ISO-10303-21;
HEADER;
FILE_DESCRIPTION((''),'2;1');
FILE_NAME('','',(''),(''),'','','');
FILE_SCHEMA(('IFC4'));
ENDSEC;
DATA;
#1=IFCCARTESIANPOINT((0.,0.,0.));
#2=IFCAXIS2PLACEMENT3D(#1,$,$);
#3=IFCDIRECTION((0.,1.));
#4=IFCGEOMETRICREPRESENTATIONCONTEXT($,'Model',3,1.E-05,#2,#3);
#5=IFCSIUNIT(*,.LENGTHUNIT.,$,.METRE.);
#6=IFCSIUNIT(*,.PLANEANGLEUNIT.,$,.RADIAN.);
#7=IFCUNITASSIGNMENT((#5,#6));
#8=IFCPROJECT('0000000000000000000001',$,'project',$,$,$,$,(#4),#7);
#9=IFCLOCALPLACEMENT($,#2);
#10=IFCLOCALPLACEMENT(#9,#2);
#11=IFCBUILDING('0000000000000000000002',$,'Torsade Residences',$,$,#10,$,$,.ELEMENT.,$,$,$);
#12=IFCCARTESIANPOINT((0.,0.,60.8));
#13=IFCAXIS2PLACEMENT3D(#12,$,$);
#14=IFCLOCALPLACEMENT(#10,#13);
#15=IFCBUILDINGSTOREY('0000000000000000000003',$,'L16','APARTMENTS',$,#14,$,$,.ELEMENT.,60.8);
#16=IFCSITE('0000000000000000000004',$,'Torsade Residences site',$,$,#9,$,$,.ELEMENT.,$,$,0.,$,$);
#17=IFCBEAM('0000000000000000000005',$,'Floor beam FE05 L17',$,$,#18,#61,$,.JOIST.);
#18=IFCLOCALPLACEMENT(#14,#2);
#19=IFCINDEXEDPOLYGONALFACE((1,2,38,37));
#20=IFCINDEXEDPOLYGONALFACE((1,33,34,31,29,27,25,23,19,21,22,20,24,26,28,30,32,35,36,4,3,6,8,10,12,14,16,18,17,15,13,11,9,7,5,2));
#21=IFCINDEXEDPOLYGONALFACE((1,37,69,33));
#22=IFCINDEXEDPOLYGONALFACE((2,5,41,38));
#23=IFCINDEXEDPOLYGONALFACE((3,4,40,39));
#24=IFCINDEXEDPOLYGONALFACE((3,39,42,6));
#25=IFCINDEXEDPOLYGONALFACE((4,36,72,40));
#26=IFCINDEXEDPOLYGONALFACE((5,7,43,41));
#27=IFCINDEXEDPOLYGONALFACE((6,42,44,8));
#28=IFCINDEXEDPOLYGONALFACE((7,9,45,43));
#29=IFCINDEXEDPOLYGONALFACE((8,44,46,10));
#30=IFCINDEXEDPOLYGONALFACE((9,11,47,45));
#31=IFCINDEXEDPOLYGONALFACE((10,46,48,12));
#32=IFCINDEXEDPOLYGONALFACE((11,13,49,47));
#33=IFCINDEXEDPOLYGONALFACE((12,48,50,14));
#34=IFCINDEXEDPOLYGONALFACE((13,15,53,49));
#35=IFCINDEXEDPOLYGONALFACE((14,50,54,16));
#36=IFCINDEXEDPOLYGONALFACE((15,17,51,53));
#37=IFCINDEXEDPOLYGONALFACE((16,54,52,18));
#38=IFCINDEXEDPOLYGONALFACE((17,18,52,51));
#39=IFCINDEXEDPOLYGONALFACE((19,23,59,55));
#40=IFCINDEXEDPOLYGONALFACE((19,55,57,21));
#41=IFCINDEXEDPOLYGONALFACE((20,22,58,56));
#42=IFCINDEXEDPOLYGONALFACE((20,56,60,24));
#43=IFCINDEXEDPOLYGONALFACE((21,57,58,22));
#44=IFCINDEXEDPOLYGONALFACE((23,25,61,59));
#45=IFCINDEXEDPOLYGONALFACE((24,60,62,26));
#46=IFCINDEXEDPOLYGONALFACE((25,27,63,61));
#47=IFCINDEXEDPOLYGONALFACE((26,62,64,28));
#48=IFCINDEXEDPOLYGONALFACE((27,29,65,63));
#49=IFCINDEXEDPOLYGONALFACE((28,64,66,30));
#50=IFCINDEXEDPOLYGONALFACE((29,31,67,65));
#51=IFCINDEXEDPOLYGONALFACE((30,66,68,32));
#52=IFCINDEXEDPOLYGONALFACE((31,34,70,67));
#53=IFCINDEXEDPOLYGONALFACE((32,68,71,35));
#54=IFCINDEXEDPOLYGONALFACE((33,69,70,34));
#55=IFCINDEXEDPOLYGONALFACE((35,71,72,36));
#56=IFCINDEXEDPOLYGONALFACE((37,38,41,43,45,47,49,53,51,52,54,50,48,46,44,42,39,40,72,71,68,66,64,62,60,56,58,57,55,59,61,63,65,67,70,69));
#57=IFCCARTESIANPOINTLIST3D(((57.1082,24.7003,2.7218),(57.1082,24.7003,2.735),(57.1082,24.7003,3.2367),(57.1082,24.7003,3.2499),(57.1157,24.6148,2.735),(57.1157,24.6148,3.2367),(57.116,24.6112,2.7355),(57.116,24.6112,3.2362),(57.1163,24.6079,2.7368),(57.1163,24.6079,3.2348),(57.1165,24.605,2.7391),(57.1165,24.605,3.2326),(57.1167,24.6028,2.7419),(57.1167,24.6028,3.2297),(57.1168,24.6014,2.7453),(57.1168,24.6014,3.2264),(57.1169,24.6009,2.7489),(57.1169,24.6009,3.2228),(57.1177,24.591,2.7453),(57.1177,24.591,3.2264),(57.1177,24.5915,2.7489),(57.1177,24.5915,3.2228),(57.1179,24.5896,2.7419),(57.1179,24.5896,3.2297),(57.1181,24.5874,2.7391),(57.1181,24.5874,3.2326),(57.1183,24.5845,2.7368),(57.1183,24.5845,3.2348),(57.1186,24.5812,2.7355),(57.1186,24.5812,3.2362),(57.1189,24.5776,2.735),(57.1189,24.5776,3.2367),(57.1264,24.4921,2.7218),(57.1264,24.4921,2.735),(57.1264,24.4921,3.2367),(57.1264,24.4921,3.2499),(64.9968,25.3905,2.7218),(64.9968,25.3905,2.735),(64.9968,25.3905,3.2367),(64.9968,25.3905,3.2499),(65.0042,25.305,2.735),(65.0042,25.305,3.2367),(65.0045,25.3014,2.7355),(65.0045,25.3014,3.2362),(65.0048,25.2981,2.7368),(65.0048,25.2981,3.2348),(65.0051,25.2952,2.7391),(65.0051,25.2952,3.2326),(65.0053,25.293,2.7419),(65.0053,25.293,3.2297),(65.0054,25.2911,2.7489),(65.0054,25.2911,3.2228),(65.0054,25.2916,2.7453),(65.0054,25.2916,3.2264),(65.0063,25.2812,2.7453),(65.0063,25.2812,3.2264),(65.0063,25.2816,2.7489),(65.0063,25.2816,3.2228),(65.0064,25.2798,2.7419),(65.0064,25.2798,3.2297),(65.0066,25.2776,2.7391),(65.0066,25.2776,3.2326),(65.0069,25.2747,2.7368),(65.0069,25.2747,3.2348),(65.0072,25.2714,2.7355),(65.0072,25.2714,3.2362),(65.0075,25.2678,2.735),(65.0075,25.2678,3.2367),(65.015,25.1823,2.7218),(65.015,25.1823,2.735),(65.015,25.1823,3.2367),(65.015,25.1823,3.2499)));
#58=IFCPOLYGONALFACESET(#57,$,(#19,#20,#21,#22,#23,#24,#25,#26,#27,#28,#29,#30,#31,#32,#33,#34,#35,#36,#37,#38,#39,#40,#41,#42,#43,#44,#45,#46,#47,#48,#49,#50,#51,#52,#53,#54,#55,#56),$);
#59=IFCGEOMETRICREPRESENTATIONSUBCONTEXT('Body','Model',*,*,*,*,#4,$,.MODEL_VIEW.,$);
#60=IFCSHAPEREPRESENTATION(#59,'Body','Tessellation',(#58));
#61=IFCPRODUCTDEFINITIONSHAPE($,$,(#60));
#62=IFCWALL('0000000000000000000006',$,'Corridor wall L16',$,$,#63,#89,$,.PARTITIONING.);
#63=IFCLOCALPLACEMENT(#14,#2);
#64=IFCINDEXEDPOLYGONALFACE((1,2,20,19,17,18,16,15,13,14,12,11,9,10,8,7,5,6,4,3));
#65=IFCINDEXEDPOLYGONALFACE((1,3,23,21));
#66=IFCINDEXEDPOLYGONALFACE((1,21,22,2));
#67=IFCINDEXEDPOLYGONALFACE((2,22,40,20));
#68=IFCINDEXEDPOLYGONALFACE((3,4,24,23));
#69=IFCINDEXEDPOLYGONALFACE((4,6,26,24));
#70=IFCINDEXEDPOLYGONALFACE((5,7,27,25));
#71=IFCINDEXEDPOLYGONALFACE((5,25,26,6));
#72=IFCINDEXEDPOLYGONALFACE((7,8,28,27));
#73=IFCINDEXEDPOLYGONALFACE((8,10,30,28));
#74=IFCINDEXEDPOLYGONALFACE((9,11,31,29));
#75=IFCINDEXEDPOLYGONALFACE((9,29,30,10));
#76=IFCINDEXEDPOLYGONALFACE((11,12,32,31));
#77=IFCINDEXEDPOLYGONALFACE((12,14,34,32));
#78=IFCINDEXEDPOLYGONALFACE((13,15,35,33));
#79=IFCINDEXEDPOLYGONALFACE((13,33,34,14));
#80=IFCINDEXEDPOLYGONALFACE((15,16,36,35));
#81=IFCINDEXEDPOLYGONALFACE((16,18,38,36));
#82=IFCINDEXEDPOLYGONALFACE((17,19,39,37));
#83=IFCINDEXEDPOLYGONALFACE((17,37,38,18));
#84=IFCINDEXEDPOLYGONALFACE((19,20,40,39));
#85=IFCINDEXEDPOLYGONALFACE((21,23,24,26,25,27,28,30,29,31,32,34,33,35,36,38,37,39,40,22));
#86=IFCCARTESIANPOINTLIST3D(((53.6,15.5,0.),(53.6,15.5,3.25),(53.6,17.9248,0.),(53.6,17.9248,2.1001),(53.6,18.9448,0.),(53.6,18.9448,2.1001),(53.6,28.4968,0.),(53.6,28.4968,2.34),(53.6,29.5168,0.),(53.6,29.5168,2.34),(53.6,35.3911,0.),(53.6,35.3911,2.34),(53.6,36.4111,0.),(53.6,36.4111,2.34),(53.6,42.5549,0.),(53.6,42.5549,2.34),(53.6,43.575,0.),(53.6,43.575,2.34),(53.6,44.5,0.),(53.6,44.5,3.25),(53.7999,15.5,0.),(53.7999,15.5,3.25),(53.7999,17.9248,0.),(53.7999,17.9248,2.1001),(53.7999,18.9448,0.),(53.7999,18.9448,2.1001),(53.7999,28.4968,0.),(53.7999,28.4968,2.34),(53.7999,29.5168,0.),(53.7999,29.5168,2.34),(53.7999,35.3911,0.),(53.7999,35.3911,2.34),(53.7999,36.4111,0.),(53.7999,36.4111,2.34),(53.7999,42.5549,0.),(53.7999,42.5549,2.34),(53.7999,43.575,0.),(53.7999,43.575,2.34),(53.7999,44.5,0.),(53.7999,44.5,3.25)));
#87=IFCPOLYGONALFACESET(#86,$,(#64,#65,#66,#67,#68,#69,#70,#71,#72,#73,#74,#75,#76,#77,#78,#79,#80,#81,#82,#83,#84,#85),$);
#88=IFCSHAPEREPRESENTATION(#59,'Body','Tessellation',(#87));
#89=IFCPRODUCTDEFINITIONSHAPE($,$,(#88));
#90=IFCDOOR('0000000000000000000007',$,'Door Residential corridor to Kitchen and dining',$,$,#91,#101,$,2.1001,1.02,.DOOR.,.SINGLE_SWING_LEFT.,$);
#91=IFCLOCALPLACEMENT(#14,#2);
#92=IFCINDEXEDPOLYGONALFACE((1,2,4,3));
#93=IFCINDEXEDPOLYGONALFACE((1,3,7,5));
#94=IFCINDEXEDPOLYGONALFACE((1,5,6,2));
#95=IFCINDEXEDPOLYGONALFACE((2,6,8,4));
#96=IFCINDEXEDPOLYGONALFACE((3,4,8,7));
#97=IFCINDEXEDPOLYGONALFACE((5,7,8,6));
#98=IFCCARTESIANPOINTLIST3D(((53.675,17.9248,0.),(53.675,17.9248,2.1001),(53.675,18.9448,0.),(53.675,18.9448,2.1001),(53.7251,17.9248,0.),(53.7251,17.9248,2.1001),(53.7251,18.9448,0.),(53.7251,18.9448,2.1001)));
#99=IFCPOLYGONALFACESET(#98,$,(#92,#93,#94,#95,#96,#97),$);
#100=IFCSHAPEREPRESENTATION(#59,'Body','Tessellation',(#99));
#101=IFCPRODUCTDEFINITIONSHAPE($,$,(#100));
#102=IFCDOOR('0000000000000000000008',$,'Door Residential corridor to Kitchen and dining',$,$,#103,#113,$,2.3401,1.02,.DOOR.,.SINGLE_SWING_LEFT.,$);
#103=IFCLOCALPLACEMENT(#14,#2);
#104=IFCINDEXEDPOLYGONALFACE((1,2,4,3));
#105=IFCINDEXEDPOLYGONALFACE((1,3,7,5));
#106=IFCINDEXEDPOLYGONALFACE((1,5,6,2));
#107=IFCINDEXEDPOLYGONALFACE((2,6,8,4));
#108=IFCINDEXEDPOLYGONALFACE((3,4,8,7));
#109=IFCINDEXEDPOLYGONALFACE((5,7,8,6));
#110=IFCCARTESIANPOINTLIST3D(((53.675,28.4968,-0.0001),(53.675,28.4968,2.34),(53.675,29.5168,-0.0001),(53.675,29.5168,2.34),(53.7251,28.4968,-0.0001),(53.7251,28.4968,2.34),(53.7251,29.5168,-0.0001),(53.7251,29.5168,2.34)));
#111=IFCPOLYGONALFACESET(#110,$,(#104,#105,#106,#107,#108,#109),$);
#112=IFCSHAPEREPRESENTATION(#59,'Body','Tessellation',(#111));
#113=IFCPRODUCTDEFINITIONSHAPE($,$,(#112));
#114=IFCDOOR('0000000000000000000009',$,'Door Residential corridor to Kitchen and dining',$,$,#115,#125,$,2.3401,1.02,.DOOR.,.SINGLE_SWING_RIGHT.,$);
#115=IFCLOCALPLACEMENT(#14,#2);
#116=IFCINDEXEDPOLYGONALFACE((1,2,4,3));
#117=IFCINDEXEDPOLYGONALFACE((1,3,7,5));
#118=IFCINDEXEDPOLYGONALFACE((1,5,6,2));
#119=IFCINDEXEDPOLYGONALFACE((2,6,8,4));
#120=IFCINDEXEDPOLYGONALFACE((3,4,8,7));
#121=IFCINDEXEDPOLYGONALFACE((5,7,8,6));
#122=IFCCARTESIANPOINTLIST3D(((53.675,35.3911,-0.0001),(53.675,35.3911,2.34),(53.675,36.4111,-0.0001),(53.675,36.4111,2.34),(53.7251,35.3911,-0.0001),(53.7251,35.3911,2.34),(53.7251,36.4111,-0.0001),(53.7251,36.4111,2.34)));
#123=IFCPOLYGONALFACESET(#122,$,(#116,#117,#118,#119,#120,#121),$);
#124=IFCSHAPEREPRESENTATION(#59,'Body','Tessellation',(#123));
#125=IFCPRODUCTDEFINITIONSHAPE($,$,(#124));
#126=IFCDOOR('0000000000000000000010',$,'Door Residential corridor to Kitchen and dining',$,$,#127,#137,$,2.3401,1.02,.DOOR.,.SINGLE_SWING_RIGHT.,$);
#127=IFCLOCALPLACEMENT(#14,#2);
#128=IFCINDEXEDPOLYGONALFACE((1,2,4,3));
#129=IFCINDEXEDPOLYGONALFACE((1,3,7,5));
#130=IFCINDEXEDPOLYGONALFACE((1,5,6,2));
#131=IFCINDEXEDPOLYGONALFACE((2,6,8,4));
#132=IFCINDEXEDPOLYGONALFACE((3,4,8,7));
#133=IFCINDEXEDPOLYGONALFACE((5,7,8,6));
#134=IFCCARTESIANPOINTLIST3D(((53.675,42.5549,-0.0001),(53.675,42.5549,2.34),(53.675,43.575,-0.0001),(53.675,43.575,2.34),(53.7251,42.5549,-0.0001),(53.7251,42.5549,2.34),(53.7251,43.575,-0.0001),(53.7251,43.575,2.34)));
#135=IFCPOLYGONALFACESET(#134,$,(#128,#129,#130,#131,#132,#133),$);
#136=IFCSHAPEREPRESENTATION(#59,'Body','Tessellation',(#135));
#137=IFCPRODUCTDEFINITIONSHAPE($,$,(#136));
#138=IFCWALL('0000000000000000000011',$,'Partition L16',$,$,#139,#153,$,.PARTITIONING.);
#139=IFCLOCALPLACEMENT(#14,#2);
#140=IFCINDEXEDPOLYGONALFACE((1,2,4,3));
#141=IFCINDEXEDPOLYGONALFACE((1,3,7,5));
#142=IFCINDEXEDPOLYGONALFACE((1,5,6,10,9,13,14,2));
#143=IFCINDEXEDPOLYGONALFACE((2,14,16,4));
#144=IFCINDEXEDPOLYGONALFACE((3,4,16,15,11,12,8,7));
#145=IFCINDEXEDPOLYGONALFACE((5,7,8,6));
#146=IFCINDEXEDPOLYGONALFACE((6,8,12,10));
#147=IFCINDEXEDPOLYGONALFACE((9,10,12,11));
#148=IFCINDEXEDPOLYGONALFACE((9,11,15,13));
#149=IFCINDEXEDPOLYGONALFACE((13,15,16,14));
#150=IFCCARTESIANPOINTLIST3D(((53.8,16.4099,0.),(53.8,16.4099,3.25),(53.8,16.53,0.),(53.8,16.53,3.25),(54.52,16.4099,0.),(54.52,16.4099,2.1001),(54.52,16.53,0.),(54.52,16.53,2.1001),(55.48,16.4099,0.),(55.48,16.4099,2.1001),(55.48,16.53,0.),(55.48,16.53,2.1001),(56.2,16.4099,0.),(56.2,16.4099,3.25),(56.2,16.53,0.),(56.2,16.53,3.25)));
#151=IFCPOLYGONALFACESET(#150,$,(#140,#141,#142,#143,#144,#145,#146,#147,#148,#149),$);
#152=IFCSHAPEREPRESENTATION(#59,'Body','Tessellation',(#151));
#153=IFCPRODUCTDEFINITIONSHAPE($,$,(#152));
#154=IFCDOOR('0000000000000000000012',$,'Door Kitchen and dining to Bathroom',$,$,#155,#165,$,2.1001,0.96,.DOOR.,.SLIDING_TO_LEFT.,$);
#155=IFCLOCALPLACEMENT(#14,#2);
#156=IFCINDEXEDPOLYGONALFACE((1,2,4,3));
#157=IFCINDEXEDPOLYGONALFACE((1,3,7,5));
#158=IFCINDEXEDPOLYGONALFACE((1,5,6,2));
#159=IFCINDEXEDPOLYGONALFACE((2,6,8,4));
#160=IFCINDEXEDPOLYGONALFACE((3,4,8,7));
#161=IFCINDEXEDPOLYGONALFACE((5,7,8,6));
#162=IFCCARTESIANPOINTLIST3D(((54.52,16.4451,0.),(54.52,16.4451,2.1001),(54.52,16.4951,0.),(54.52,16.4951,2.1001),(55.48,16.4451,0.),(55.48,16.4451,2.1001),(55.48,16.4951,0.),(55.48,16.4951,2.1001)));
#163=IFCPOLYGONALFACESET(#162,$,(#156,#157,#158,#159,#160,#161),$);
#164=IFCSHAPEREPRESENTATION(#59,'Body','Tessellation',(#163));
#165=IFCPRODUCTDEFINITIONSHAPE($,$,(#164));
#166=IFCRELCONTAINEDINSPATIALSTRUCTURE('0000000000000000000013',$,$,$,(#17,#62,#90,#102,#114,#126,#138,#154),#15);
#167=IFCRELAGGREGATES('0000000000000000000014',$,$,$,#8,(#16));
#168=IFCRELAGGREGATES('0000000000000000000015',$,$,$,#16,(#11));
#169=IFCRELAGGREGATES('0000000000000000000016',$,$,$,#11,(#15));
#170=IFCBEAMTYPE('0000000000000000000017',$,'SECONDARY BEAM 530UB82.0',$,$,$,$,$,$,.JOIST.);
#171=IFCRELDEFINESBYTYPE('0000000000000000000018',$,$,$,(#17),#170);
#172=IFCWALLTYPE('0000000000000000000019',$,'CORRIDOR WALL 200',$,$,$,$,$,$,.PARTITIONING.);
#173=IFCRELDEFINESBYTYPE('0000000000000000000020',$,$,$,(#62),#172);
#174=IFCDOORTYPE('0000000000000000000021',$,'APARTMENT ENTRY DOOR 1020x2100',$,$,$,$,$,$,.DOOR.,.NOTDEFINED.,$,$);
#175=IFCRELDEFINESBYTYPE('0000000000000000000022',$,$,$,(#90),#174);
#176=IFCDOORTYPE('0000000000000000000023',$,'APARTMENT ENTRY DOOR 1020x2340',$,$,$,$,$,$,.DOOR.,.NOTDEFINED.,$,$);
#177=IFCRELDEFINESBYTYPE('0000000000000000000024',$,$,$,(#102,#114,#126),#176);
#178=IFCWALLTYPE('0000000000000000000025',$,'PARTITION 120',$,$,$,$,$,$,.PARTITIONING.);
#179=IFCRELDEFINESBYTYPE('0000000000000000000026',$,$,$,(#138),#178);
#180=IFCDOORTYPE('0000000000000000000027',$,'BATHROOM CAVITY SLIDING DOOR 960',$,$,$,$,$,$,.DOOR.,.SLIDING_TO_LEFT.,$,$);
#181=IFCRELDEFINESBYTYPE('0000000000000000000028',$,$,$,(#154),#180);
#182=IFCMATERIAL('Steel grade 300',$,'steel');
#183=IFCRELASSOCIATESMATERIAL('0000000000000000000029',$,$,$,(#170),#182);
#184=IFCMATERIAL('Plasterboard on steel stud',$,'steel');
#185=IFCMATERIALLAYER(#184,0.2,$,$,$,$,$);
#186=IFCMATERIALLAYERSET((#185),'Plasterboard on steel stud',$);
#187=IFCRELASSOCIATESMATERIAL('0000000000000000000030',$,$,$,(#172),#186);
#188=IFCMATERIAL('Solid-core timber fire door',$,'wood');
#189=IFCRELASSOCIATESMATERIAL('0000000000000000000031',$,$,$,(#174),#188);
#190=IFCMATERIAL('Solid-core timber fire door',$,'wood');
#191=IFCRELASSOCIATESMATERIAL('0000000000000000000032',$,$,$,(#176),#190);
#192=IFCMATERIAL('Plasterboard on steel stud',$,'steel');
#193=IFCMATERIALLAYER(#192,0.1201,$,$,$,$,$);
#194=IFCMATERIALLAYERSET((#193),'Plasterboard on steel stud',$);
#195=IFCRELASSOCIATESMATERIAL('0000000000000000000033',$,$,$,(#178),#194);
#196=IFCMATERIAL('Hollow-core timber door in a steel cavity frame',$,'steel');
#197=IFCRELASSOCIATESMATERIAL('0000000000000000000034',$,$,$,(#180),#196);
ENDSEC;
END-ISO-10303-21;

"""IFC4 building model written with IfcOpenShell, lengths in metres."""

from ifc_helpers import new_model, si_unit, direction, frame, frame_2d, origin, origin_2d, place, context, subcontext, project, spatial, rectangle, i_section, extrude, material, layer, layer_set, material_profile, profile_set, type_object, element, fill, save


model = new_model("IFC4")

# Units and contexts
model_context = context("Model", 3, precision=1e-05, world=origin(), true_north=direction((0.0, 1.0)))
body_context = subcontext(model_context, "Body", "Model", "MODEL_VIEW")
ifc_project = project(units=[si_unit("LENGTHUNIT", "METRE"), si_unit("PLANEANGLEUNIT", "RADIAN")], contexts=[model_context])

# Site, building, storey
site_placement = place(None, origin())
site = spatial("IfcSite", under=ifc_project, at=site_placement, Name="Torsade Residences site", CompositionType="ELEMENT", RefElevation=0.0)
building_placement = place(site_placement, origin())
building = spatial("IfcBuilding", under=site, at=building_placement, Name="Torsade Residences", CompositionType="ELEMENT")
storey_placement = place(building_placement, frame((0.0, 0.0, 60.8)))
storey = spatial("IfcBuildingStorey", under=building, at=storey_placement, Name="L16", Description="APARTMENTS", CompositionType="ELEMENT", Elevation=60.8)

# Beam
ifc_material_1 = material(Name="Steel grade 300", Category="steel")
ifc_material_profile_1 = material_profile(ifc_material_1, i_section(OverallWidth=0.209, OverallDepth=0.5281, WebThickness=0.0095, FlangeThickness=0.0132, FilletRadius=0.0139, at=origin_2d()), Name="530UB82.0")
ifc_profile_set_1 = profile_set([ifc_material_profile_1], Name="Steel grade 300")
beam_type_1 = type_object("IfcBeamType", Name="SECONDARY BEAM 530UB82.0", PredefinedType="JOIST", material=ifc_profile_set_1)
beam_1_placement = place(storey_placement, frame((65.0059, 25.2864, 2.9858), z_axis=(-0.996195, -0.087158, 0.0), x_axis=(0.087158, -0.996195, 0.0)))
element("IfcBeam", 1, at=beam_1_placement, inside=storey, type_object=beam_type_1, Name="Floor beam FE05 L17", PredefinedType="JOIST", context=body_context, shape_type="SweptSolid", body=[
    extrude(i_section(OverallWidth=0.209, OverallDepth=0.5281, WebThickness=0.0095, FlangeThickness=0.0132, FilletRadius=0.0139, at=origin_2d()), origin(), (0.0, 0.0, 1.0), 7.9187),
])

# Wall, openings, doors
ifc_material_2 = material(Name="Plasterboard on steel stud", Category="steel")
ifc_layer_1 = layer(ifc_material_2, 0.2)
ifc_layer_set_1 = layer_set([ifc_layer_1], Name="Plasterboard on steel stud")
wall_type_1 = type_object("IfcWallType", Name="CORRIDOR WALL 200", PredefinedType="PARTITIONING", material=ifc_layer_set_1)
wall_1_placement = place(storey_placement, frame((53.7, 15.5, 0.0), z_axis=(0.0, 0.0, 1.0), x_axis=(0.0, 1.0, 0.0)))
wall_1 = element("IfcWall", 2, at=wall_1_placement, inside=storey, type_object=wall_type_1, Name="Corridor wall L16", PredefinedType="PARTITIONING", context=body_context, shape_type="SweptSolid", body=[
    extrude(rectangle(XDim=29.0, YDim=0.2, at=frame_2d((14.5, 0.0))), origin(), (0.0, 0.0, 1.0), 3.25),
])
opening_1_placement = place(wall_1_placement, frame((12.9968, 0.0, 0.0)))
opening_1 = element("IfcOpeningElement", 3, at=opening_1_placement, cuts=wall_1, PredefinedType="OPENING", context=body_context, shape_type="SweptSolid", body=[
    extrude(rectangle(XDim=1.02, YDim=2.3401, at=frame_2d((0.51, 1.1699))), frame((0.0, 0.1099, 0.0), z_axis=(0.0, -1.0, 0.0), x_axis=(1.0, 0.0, 0.0)), (0.0, 0.0, 1.0), 0.22),
])
opening_2_placement = place(wall_1_placement, frame((19.8911, 0.0, 0.0)))
opening_2 = element("IfcOpeningElement", 4, at=opening_2_placement, cuts=wall_1, PredefinedType="OPENING", context=body_context, shape_type="SweptSolid", body=[
    extrude(rectangle(XDim=1.02, YDim=2.3401, at=frame_2d((0.51, 1.1699))), frame((0.0, 0.1099, 0.0), z_axis=(0.0, -1.0, 0.0), x_axis=(1.0, 0.0, 0.0)), (0.0, 0.0, 1.0), 0.22),
])
opening_3_placement = place(wall_1_placement, frame((2.4248, 0.0, 0.0)))
opening_3 = element("IfcOpeningElement", 5, at=opening_3_placement, cuts=wall_1, PredefinedType="OPENING", context=body_context, shape_type="SweptSolid", body=[
    extrude(rectangle(XDim=1.02, YDim=2.1001, at=frame_2d((0.51, 1.05))), frame((0.0, 0.1099, 0.0), z_axis=(0.0, -1.0, 0.0), x_axis=(1.0, 0.0, 0.0)), (0.0, 0.0, 1.0), 0.22),
])
opening_4_placement = place(wall_1_placement, frame((27.0549, 0.0, 0.0)))
opening_4 = element("IfcOpeningElement", 6, at=opening_4_placement, cuts=wall_1, PredefinedType="OPENING", context=body_context, shape_type="SweptSolid", body=[
    extrude(rectangle(XDim=1.02, YDim=2.3401, at=frame_2d((0.51, 1.1699))), frame((0.0, 0.1099, 0.0), z_axis=(0.0, -1.0, 0.0), x_axis=(1.0, 0.0, 0.0)), (0.0, 0.0, 1.0), 0.22),
])
ifc_material_3 = material(Name="Solid-core timber fire door", Category="wood")
door_type_1 = type_object("IfcDoorType", Name="APARTMENT ENTRY DOOR 1020x2100", OperationType="NOTDEFINED", PredefinedType="DOOR", material=ifc_material_3)
door_1_placement = place(opening_3_placement, origin())
door_1 = element("IfcDoor", 7, at=door_1_placement, inside=storey, type_object=door_type_1, Name="Door Residential corridor to Kitchen and dining", OperationType="SINGLE_SWING_LEFT", OverallHeight=2.1001, OverallWidth=1.02, PredefinedType="DOOR", context=body_context, shape_type="SweptSolid", body=[
    extrude(rectangle(XDim=1.02, YDim=2.1001, at=frame_2d((0.51, 1.05))), frame((0.0, 0.0249, 0.0), z_axis=(0.0, -1.0, 0.0), x_axis=(1.0, 0.0, 0.0)), (0.0, 0.0, 1.0), 0.05),
])
fill(opening_3, door_1)
ifc_material_4 = material(Name="Solid-core timber fire door", Category="wood")
door_type_2 = type_object("IfcDoorType", Name="APARTMENT ENTRY DOOR 1020x2340", OperationType="NOTDEFINED", PredefinedType="DOOR", material=ifc_material_4)
door_2_placement = place(opening_1_placement, origin())
door_2 = element("IfcDoor", 8, at=door_2_placement, inside=storey, type_object=door_type_2, Name="Door Residential corridor to Kitchen and dining", OperationType="SINGLE_SWING_LEFT", OverallHeight=2.3401, OverallWidth=1.02, PredefinedType="DOOR", context=body_context, shape_type="SweptSolid", body=[
    extrude(rectangle(XDim=1.02, YDim=2.3401, at=frame_2d((0.51, 1.1699))), frame((0.0, 0.0249, 0.0), z_axis=(0.0, -1.0, 0.0), x_axis=(1.0, 0.0, 0.0)), (0.0, 0.0, 1.0), 0.05),
])
fill(opening_1, door_2)
door_3_placement = place(opening_2_placement, origin())
door_3 = element("IfcDoor", 9, at=door_3_placement, inside=storey, type_object=door_type_2, Name="Door Residential corridor to Kitchen and dining", OperationType="SINGLE_SWING_RIGHT", OverallHeight=2.3401, OverallWidth=1.02, PredefinedType="DOOR", context=body_context, shape_type="SweptSolid", body=[
    extrude(rectangle(XDim=1.02, YDim=2.3401, at=frame_2d((0.51, 1.1699))), frame((0.0, 0.0249, 0.0), z_axis=(0.0, -1.0, 0.0), x_axis=(1.0, 0.0, 0.0)), (0.0, 0.0, 1.0), 0.05),
])
fill(opening_2, door_3)
door_4_placement = place(opening_4_placement, origin())
door_4 = element("IfcDoor", 10, at=door_4_placement, inside=storey, type_object=door_type_2, Name="Door Residential corridor to Kitchen and dining", OperationType="SINGLE_SWING_RIGHT", OverallHeight=2.3401, OverallWidth=1.02, PredefinedType="DOOR", context=body_context, shape_type="SweptSolid", body=[
    extrude(rectangle(XDim=1.02, YDim=2.3401, at=frame_2d((0.51, 1.1699))), frame((0.0, 0.0249, 0.0), z_axis=(0.0, -1.0, 0.0), x_axis=(1.0, 0.0, 0.0)), (0.0, 0.0, 1.0), 0.05),
])
fill(opening_4, door_4)

# Wall, opening, door
ifc_material_5 = material(Name="Plasterboard on steel stud", Category="steel")
ifc_layer_2 = layer(ifc_material_5, 0.1201)
ifc_layer_set_2 = layer_set([ifc_layer_2], Name="Plasterboard on steel stud")
wall_type_2 = type_object("IfcWallType", Name="PARTITION 120", PredefinedType="PARTITIONING", material=ifc_layer_set_2)
wall_2_placement = place(storey_placement, frame((56.2, 16.47, 0.0), z_axis=(0.0, 0.0, 1.0), x_axis=(-1.0, 0.0, 0.0)))
wall_2 = element("IfcWall", 11, at=wall_2_placement, inside=storey, type_object=wall_type_2, Name="Partition L16", PredefinedType="PARTITIONING", context=body_context, shape_type="SweptSolid", body=[
    extrude(rectangle(XDim=2.3999, YDim=0.1201, at=frame_2d((1.2, 0.0))), origin(), (0.0, 0.0, 1.0), 3.25),
])
opening_5_placement = place(wall_2_placement, frame((0.72, 0.0, 0.0)))
opening_5 = element("IfcOpeningElement", 12, at=opening_5_placement, cuts=wall_2, PredefinedType="OPENING", context=body_context, shape_type="SweptSolid", body=[
    extrude(rectangle(XDim=0.96, YDim=2.1001, at=frame_2d((0.48, 1.05))), frame((0.0, 0.0701, 0.0), z_axis=(0.0, -1.0, 0.0), x_axis=(1.0, 0.0, 0.0)), (0.0, 0.0, 1.0), 0.1401),
])
ifc_material_6 = material(Name="Hollow-core timber door in a steel cavity frame", Category="steel")
door_type_3 = type_object("IfcDoorType", Name="BATHROOM CAVITY SLIDING DOOR 960", OperationType="SLIDING_TO_LEFT", PredefinedType="DOOR", material=ifc_material_6)
door_5_placement = place(opening_5_placement, origin())
door_5 = element("IfcDoor", 13, at=door_5_placement, inside=storey, type_object=door_type_3, Name="Door Kitchen and dining to Bathroom", OperationType="SLIDING_TO_LEFT", OverallHeight=2.1001, OverallWidth=0.96, PredefinedType="DOOR", context=body_context, shape_type="SweptSolid", body=[
    extrude(rectangle(XDim=0.96, YDim=2.1001, at=frame_2d((0.48, 1.05))), frame((0.0, 0.0249, 0.0), z_axis=(0.0, -1.0, 0.0), x_axis=(1.0, 0.0, 0.0)), (0.0, 0.0, 1.0), 0.05),
])
fill(opening_5, door_5)

save(model, "model.ifc")
